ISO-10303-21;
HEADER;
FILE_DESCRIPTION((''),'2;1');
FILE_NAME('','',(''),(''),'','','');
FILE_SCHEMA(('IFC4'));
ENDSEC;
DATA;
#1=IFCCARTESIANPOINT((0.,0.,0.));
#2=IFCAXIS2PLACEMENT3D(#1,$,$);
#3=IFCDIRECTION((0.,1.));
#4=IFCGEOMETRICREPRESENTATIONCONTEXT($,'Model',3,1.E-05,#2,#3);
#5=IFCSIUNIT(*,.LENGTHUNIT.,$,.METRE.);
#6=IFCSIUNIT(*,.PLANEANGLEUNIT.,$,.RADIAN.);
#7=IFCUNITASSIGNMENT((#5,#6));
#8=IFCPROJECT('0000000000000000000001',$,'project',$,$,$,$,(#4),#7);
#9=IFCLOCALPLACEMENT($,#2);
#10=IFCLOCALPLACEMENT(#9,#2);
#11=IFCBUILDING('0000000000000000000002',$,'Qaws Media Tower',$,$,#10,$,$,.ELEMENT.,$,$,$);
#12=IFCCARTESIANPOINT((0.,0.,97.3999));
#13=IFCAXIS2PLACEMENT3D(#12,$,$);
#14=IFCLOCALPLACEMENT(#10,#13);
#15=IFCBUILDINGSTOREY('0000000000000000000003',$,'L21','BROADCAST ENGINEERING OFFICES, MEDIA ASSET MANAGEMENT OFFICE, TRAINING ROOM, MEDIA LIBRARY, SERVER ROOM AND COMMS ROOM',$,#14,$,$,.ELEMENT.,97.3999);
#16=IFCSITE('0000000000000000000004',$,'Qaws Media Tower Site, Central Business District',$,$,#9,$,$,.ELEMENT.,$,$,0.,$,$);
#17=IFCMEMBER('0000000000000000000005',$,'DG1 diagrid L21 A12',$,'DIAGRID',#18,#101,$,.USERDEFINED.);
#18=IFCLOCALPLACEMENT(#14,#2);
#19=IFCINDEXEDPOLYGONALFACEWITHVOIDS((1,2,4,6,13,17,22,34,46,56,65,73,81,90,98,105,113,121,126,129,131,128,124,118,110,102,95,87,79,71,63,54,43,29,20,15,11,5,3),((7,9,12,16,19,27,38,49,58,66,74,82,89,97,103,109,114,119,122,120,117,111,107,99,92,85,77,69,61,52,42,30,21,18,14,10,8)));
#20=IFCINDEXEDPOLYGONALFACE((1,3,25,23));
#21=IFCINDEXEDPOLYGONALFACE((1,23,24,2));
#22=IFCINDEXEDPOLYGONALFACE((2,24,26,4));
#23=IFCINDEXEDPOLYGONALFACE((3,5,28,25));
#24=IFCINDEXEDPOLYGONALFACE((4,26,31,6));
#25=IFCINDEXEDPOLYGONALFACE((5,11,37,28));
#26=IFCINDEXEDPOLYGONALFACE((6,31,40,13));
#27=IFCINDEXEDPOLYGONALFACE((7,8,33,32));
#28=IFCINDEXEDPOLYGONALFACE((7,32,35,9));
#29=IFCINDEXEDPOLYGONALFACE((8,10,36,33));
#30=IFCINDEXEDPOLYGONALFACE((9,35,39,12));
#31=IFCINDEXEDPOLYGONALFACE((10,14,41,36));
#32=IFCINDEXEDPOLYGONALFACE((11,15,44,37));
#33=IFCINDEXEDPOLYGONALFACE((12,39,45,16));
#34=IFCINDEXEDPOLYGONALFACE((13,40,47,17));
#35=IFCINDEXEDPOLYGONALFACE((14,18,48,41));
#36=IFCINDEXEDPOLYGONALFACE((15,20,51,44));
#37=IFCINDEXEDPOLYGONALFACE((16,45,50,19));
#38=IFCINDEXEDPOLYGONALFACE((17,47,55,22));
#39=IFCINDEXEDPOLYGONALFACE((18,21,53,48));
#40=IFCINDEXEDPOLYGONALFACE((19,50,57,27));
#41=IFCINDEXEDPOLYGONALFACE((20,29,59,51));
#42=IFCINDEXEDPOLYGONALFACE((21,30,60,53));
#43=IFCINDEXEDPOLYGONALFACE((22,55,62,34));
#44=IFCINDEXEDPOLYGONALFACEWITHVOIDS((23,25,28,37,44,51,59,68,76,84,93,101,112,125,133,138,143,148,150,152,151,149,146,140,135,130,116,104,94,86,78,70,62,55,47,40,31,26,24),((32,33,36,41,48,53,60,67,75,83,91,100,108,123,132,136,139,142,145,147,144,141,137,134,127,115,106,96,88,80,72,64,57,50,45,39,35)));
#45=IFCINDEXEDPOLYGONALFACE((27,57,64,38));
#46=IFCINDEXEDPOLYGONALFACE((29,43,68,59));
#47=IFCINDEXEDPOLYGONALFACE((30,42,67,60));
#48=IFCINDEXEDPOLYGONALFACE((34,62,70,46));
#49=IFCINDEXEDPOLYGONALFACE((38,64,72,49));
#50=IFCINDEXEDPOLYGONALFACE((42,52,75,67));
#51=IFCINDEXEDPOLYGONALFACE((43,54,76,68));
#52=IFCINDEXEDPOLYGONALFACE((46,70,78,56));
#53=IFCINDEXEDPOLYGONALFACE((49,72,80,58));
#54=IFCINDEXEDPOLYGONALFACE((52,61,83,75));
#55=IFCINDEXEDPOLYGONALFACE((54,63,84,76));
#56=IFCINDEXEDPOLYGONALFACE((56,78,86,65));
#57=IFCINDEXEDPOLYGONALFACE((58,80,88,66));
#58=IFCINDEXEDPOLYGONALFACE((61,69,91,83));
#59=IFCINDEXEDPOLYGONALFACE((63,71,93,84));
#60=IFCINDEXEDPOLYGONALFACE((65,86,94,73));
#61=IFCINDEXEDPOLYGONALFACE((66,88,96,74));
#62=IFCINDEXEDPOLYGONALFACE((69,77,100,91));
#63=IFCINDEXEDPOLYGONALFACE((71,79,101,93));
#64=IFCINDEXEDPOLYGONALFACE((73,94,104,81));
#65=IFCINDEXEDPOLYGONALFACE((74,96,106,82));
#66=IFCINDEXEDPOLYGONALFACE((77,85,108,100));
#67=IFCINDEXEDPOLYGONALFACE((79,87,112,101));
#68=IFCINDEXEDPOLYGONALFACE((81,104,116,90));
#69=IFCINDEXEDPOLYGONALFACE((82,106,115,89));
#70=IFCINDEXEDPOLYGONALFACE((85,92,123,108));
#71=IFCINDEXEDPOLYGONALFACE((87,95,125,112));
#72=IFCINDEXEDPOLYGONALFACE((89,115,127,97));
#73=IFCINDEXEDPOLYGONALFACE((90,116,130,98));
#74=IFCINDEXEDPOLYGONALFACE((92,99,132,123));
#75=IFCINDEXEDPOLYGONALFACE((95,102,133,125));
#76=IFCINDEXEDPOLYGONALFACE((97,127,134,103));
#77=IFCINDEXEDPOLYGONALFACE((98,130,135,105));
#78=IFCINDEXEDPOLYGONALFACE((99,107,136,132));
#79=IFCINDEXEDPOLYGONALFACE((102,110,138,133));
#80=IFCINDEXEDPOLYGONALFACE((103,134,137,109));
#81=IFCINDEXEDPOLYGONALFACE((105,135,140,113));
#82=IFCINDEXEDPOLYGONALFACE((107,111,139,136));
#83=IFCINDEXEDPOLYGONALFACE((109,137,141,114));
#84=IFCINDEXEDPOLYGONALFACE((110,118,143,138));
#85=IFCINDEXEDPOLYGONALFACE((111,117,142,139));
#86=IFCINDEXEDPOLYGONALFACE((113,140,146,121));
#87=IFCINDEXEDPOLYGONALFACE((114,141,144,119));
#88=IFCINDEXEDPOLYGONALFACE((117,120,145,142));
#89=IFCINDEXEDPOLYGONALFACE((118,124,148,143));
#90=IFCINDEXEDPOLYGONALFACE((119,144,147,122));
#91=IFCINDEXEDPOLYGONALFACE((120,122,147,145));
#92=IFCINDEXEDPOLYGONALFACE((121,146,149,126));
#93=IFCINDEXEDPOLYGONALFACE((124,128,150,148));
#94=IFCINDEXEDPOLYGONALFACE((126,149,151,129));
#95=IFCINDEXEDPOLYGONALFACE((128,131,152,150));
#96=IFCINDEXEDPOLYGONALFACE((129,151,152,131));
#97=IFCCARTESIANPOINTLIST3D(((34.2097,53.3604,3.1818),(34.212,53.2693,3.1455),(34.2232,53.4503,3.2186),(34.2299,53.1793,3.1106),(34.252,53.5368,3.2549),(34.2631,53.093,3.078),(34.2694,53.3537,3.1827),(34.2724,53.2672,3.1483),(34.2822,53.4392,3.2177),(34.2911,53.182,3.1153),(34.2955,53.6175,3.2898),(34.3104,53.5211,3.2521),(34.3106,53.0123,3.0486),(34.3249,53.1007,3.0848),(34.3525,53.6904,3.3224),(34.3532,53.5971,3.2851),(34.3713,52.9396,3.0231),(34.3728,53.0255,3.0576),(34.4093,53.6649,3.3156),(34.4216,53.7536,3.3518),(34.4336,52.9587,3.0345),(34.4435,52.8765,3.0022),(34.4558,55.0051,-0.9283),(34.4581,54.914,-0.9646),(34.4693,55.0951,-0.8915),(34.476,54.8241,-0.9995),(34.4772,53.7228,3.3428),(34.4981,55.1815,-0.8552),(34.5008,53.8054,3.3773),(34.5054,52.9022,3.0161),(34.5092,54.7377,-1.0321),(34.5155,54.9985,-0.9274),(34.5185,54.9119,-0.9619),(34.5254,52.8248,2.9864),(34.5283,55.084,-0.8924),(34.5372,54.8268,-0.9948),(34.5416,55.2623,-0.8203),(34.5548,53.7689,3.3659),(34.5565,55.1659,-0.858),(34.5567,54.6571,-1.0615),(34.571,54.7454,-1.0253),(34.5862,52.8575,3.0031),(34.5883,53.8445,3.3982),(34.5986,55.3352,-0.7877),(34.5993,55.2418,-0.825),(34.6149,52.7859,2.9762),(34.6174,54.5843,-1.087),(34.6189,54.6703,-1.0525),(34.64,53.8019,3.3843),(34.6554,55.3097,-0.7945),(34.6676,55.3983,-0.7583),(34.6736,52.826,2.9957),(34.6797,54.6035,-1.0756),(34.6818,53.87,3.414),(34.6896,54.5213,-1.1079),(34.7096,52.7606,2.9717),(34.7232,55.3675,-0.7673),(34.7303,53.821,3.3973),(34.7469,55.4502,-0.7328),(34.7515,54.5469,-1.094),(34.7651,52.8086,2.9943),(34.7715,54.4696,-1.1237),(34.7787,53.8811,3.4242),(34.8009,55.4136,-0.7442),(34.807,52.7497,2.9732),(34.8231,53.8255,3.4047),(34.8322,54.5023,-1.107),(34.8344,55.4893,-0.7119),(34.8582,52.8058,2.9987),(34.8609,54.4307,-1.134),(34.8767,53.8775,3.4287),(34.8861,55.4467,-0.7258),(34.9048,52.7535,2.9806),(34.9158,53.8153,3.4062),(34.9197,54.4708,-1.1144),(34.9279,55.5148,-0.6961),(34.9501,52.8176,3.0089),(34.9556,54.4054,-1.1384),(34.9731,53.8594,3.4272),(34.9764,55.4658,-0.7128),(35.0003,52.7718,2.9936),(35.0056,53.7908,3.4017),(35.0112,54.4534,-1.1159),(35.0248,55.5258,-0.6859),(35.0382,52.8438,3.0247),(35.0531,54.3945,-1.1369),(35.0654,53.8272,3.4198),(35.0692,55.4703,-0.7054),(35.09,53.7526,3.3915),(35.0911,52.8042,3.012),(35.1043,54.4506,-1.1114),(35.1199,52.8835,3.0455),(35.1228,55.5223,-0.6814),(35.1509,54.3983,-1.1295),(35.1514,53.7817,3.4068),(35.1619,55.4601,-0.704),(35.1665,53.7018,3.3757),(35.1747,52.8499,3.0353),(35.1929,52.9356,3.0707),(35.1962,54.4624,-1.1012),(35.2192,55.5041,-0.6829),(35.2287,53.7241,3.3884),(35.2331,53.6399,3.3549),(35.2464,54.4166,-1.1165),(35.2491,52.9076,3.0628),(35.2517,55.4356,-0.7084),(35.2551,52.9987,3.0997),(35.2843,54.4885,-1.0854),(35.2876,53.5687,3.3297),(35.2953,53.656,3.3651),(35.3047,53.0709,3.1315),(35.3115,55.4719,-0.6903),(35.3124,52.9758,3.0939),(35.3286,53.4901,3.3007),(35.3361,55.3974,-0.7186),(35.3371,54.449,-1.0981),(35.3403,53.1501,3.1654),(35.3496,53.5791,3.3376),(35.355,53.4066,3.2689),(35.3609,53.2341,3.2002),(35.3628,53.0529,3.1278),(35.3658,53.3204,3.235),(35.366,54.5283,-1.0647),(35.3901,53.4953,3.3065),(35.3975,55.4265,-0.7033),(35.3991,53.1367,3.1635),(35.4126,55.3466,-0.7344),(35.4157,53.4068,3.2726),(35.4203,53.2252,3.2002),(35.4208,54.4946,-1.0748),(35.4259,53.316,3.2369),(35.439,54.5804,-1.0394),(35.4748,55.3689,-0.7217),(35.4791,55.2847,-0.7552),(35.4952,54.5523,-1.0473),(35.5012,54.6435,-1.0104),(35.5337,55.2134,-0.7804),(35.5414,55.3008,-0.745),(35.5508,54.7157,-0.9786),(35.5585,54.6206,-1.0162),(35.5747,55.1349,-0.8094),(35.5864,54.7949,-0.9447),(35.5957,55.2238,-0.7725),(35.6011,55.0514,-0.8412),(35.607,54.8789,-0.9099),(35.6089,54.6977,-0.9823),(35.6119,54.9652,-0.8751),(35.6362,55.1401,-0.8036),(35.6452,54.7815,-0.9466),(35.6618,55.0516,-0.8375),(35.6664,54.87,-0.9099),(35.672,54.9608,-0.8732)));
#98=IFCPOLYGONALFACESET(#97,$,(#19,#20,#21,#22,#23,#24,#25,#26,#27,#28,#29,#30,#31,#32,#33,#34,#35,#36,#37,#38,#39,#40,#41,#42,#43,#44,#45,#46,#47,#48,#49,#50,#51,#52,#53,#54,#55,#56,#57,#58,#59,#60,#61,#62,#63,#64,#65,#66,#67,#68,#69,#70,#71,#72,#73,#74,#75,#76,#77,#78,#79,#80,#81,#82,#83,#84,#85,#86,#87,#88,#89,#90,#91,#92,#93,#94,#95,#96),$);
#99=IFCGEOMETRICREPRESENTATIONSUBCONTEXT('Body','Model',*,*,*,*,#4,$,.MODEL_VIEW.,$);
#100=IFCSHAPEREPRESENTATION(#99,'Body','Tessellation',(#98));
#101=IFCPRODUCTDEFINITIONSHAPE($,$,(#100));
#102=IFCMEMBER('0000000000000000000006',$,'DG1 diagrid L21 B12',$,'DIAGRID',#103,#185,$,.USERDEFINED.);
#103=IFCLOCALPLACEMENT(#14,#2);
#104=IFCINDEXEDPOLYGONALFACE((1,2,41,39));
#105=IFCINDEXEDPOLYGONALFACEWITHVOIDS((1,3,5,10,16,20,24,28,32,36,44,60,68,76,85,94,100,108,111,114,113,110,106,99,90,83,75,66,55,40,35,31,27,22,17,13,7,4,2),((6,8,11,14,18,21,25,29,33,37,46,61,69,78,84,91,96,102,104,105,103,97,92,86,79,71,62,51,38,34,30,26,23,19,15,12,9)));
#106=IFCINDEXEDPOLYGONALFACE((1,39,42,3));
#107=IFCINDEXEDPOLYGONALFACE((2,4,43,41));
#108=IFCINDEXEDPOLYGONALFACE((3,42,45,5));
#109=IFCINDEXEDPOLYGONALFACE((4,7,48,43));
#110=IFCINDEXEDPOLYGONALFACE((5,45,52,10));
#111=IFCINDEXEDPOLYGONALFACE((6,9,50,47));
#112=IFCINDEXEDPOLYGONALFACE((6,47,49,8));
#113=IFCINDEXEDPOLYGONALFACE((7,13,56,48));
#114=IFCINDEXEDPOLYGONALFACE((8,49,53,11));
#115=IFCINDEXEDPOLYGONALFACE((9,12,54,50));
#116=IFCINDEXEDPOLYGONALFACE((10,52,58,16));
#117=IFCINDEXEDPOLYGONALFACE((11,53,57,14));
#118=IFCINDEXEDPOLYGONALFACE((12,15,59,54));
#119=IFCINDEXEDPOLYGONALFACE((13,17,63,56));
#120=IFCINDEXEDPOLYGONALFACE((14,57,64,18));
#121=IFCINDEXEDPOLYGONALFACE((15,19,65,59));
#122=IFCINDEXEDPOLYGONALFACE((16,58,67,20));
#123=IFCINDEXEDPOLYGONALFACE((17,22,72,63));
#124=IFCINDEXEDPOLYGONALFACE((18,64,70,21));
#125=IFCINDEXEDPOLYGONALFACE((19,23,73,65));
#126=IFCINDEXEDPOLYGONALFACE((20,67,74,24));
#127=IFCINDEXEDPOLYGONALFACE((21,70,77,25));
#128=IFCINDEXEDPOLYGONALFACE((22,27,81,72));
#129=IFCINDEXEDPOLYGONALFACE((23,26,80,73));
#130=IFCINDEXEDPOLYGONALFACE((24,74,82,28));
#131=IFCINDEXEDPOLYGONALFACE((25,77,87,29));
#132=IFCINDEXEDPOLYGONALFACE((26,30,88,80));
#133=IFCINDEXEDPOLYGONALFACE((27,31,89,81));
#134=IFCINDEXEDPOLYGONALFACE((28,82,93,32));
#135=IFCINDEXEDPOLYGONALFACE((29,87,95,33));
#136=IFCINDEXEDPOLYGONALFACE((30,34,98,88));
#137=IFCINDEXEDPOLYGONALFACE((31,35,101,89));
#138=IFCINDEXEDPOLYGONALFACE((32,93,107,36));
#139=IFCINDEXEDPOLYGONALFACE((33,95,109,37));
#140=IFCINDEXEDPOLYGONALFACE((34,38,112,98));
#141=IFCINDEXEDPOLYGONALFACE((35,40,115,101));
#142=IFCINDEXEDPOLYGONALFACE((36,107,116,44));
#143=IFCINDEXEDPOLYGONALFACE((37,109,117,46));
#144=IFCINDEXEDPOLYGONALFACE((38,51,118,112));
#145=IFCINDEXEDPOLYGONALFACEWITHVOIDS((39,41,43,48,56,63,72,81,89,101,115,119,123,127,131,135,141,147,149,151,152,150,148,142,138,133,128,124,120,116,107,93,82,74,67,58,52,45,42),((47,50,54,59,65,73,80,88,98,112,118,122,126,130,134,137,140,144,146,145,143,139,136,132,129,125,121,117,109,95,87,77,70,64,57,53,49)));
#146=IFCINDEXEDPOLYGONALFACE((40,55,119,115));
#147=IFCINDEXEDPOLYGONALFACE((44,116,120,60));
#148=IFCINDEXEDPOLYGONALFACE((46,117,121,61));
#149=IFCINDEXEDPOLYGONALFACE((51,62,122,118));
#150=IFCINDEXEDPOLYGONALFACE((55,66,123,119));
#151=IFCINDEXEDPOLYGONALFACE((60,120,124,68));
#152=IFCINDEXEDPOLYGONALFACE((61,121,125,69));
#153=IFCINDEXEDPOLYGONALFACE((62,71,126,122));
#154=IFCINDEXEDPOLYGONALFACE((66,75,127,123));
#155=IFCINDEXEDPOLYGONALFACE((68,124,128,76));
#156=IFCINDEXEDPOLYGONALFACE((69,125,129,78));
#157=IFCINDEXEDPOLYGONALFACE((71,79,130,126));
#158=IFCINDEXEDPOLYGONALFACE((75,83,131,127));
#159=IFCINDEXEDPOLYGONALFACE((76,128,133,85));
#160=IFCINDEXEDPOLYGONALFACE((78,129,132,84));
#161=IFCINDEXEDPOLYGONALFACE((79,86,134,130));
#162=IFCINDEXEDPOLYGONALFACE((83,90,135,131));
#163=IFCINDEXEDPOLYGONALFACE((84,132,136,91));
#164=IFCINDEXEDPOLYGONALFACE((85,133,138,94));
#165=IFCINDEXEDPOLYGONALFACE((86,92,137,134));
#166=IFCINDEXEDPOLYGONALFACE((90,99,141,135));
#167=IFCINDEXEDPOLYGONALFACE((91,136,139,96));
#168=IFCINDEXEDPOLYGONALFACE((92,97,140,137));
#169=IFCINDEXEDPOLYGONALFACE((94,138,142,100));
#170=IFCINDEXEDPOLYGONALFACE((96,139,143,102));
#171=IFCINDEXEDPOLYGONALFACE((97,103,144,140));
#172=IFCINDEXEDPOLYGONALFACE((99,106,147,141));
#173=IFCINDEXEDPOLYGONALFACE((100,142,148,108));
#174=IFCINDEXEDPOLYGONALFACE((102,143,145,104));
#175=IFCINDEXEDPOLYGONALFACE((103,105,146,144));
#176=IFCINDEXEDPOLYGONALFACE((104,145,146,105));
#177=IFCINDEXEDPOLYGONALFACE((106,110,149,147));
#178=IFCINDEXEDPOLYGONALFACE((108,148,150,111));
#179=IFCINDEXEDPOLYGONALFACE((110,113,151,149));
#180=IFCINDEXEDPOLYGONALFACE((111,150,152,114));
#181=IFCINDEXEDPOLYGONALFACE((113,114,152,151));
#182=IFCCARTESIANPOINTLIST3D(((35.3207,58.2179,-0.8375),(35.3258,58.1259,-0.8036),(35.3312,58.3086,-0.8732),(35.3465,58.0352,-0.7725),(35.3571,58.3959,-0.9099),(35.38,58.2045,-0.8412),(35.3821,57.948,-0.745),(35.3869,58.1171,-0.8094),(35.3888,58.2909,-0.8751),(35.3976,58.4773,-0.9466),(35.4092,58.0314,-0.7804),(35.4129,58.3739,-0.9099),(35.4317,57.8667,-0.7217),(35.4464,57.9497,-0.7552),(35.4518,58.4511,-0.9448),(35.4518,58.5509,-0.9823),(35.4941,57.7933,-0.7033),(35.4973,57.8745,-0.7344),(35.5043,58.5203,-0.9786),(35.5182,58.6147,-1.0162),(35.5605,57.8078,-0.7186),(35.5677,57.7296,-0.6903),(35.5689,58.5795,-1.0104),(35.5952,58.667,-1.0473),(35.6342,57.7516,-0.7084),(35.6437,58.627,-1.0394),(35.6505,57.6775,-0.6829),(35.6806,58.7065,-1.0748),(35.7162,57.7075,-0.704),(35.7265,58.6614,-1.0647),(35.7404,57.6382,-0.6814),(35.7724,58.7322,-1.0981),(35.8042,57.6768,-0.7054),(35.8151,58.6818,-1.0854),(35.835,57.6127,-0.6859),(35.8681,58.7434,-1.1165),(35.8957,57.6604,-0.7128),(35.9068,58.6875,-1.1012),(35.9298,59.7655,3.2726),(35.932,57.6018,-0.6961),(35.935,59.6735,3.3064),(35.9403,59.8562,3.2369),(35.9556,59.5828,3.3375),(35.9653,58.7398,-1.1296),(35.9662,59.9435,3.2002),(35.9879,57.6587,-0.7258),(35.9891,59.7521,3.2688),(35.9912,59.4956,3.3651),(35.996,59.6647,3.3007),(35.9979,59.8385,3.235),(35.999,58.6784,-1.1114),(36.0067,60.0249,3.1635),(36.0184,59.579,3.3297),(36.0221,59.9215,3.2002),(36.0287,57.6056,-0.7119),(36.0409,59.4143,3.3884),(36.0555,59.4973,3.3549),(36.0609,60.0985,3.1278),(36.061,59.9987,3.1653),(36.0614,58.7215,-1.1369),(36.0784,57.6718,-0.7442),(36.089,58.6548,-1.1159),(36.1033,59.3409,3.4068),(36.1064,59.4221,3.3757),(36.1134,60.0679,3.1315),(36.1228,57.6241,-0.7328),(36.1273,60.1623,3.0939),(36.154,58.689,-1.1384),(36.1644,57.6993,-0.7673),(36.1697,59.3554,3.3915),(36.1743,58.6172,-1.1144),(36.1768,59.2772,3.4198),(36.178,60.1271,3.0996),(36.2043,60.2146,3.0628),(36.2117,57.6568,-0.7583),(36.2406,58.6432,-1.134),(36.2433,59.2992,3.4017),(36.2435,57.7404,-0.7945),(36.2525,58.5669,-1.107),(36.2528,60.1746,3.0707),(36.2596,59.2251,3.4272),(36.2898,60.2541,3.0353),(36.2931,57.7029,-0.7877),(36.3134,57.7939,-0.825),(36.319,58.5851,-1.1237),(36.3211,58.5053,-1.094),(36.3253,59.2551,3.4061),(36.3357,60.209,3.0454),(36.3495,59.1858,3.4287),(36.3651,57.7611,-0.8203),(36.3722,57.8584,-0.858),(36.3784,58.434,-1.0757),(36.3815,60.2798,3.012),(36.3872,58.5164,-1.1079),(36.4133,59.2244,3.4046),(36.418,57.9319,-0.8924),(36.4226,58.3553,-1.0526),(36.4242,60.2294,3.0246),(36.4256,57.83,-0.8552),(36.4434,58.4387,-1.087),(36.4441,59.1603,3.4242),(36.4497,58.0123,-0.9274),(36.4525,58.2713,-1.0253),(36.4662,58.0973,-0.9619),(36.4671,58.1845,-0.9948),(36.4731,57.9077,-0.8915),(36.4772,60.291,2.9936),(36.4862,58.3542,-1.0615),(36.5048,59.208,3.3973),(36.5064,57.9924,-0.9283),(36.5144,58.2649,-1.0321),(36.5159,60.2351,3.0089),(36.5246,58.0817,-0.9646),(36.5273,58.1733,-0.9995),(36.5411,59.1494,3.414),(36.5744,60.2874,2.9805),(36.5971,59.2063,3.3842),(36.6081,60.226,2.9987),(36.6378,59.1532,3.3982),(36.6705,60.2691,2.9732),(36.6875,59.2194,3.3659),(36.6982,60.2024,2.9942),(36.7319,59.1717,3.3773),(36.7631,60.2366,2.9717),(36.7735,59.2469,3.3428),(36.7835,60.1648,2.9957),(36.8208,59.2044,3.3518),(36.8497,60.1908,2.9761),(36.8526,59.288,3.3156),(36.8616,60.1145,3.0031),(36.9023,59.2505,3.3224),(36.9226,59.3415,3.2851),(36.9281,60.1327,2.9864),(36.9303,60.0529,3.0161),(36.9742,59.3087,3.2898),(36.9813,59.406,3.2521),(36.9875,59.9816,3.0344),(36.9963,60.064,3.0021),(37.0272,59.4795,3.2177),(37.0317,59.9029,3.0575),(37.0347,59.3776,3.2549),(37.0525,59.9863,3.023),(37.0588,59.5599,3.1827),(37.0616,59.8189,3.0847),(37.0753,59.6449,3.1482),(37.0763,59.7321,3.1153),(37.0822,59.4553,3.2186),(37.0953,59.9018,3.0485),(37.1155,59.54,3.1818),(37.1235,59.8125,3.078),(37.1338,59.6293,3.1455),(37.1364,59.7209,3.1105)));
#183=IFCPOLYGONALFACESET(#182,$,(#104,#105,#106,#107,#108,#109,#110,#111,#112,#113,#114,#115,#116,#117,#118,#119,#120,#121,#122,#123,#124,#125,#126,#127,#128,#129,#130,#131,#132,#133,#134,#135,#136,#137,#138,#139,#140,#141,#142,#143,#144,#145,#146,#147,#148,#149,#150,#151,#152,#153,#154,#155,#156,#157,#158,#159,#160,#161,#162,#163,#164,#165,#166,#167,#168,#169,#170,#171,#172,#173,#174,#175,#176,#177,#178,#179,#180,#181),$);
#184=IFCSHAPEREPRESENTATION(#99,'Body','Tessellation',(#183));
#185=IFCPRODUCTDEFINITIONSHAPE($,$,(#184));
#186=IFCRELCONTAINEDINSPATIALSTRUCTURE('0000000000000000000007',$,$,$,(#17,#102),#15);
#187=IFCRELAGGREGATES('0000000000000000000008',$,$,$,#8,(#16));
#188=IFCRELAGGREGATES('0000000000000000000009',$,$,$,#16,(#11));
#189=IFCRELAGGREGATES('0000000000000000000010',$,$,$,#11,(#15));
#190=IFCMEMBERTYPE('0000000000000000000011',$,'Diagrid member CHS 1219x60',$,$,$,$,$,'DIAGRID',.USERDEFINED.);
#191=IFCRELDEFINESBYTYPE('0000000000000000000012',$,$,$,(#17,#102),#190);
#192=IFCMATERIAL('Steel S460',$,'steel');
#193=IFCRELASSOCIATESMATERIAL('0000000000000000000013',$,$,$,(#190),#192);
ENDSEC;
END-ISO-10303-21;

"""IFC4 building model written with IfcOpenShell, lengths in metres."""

from ifc_helpers import new_model, si_unit, direction, frame, origin, origin_2d, place, context, subcontext, project, spatial, hollow_circle, extrude, material, material_profile, profile_set, type_object, element, save


model = new_model("IFC4")

# Units and contexts
model_context = context("Model", 3, precision=1e-05, world=origin(), true_north=direction((0.0, 1.0)))
body_context = subcontext(model_context, "Body", "Model", "MODEL_VIEW")
ifc_project = project(units=[si_unit("LENGTHUNIT", "METRE"), si_unit("PLANEANGLEUNIT", "RADIAN")], contexts=[model_context])

# Site, building, storey
site_placement = place(None, origin())
site = spatial("IfcSite", under=ifc_project, at=site_placement, Name="Qaws Media Tower Site, Central Business District", CompositionType="ELEMENT", RefElevation=0.0)
building_placement = place(site_placement, origin())
building = spatial("IfcBuilding", under=site, at=building_placement, Name="Qaws Media Tower", CompositionType="ELEMENT")
storey_placement = place(building_placement, frame((0.0, 0.0, 97.3999)))
storey = spatial("IfcBuildingStorey", under=building, at=storey_placement, Name="L21", Description="BROADCAST ENGINEERING OFFICES, MEDIA ASSET MANAGEMENT OFFICE, TRAINING ROOM, MEDIA LIBRARY, SERVER ROOM AND COMMS ROOM", CompositionType="ELEMENT", Elevation=97.3999)

# Members
ifc_material_1 = material(Name="Steel S460", Category="steel")
ifc_material_profile_1 = material_profile(ifc_material_1, hollow_circle(Radius=0.6096, WallThickness=0.0601, at=origin_2d()), Name="CHS 1219x60")
ifc_profile_set_1 = profile_set([ifc_material_profile_1], Name="Steel S460")
member_type_1 = type_object("IfcMemberType", Name="Diagrid member CHS 1219x60", ElementType="DIAGRID", PredefinedType="USERDEFINED", material=ifc_profile_set_1)
for number, where, z_axis, x_axis, name in (
    (1, (35.0635, 54.9602, -0.9099), (-0.055504, -0.370961, 0.926988), (0.988991, -0.147974, 0.0), "DG1 diagrid L21 A12"),
    (2, (35.9243, 58.1726, -0.9099), (0.137382, 0.349043, 0.926982), (-0.930518, 0.366247, 0.0), "DG1 diagrid L21 B12"),
):
    element("IfcMember", number, at=place(storey_placement, frame(where, z_axis=z_axis, x_axis=x_axis)), inside=storey, type_object=member_type_1, Name=name, ObjectType="DIAGRID", PredefinedType="USERDEFINED", context=body_context, shape_type="SweptSolid", body=[
        extrude(hollow_circle(Radius=0.6096, WallThickness=0.0601, at=origin_2d()), origin(), (0.0, 0.0, 1.0), 4.4338),
    ])

save(model, "model.ifc")
